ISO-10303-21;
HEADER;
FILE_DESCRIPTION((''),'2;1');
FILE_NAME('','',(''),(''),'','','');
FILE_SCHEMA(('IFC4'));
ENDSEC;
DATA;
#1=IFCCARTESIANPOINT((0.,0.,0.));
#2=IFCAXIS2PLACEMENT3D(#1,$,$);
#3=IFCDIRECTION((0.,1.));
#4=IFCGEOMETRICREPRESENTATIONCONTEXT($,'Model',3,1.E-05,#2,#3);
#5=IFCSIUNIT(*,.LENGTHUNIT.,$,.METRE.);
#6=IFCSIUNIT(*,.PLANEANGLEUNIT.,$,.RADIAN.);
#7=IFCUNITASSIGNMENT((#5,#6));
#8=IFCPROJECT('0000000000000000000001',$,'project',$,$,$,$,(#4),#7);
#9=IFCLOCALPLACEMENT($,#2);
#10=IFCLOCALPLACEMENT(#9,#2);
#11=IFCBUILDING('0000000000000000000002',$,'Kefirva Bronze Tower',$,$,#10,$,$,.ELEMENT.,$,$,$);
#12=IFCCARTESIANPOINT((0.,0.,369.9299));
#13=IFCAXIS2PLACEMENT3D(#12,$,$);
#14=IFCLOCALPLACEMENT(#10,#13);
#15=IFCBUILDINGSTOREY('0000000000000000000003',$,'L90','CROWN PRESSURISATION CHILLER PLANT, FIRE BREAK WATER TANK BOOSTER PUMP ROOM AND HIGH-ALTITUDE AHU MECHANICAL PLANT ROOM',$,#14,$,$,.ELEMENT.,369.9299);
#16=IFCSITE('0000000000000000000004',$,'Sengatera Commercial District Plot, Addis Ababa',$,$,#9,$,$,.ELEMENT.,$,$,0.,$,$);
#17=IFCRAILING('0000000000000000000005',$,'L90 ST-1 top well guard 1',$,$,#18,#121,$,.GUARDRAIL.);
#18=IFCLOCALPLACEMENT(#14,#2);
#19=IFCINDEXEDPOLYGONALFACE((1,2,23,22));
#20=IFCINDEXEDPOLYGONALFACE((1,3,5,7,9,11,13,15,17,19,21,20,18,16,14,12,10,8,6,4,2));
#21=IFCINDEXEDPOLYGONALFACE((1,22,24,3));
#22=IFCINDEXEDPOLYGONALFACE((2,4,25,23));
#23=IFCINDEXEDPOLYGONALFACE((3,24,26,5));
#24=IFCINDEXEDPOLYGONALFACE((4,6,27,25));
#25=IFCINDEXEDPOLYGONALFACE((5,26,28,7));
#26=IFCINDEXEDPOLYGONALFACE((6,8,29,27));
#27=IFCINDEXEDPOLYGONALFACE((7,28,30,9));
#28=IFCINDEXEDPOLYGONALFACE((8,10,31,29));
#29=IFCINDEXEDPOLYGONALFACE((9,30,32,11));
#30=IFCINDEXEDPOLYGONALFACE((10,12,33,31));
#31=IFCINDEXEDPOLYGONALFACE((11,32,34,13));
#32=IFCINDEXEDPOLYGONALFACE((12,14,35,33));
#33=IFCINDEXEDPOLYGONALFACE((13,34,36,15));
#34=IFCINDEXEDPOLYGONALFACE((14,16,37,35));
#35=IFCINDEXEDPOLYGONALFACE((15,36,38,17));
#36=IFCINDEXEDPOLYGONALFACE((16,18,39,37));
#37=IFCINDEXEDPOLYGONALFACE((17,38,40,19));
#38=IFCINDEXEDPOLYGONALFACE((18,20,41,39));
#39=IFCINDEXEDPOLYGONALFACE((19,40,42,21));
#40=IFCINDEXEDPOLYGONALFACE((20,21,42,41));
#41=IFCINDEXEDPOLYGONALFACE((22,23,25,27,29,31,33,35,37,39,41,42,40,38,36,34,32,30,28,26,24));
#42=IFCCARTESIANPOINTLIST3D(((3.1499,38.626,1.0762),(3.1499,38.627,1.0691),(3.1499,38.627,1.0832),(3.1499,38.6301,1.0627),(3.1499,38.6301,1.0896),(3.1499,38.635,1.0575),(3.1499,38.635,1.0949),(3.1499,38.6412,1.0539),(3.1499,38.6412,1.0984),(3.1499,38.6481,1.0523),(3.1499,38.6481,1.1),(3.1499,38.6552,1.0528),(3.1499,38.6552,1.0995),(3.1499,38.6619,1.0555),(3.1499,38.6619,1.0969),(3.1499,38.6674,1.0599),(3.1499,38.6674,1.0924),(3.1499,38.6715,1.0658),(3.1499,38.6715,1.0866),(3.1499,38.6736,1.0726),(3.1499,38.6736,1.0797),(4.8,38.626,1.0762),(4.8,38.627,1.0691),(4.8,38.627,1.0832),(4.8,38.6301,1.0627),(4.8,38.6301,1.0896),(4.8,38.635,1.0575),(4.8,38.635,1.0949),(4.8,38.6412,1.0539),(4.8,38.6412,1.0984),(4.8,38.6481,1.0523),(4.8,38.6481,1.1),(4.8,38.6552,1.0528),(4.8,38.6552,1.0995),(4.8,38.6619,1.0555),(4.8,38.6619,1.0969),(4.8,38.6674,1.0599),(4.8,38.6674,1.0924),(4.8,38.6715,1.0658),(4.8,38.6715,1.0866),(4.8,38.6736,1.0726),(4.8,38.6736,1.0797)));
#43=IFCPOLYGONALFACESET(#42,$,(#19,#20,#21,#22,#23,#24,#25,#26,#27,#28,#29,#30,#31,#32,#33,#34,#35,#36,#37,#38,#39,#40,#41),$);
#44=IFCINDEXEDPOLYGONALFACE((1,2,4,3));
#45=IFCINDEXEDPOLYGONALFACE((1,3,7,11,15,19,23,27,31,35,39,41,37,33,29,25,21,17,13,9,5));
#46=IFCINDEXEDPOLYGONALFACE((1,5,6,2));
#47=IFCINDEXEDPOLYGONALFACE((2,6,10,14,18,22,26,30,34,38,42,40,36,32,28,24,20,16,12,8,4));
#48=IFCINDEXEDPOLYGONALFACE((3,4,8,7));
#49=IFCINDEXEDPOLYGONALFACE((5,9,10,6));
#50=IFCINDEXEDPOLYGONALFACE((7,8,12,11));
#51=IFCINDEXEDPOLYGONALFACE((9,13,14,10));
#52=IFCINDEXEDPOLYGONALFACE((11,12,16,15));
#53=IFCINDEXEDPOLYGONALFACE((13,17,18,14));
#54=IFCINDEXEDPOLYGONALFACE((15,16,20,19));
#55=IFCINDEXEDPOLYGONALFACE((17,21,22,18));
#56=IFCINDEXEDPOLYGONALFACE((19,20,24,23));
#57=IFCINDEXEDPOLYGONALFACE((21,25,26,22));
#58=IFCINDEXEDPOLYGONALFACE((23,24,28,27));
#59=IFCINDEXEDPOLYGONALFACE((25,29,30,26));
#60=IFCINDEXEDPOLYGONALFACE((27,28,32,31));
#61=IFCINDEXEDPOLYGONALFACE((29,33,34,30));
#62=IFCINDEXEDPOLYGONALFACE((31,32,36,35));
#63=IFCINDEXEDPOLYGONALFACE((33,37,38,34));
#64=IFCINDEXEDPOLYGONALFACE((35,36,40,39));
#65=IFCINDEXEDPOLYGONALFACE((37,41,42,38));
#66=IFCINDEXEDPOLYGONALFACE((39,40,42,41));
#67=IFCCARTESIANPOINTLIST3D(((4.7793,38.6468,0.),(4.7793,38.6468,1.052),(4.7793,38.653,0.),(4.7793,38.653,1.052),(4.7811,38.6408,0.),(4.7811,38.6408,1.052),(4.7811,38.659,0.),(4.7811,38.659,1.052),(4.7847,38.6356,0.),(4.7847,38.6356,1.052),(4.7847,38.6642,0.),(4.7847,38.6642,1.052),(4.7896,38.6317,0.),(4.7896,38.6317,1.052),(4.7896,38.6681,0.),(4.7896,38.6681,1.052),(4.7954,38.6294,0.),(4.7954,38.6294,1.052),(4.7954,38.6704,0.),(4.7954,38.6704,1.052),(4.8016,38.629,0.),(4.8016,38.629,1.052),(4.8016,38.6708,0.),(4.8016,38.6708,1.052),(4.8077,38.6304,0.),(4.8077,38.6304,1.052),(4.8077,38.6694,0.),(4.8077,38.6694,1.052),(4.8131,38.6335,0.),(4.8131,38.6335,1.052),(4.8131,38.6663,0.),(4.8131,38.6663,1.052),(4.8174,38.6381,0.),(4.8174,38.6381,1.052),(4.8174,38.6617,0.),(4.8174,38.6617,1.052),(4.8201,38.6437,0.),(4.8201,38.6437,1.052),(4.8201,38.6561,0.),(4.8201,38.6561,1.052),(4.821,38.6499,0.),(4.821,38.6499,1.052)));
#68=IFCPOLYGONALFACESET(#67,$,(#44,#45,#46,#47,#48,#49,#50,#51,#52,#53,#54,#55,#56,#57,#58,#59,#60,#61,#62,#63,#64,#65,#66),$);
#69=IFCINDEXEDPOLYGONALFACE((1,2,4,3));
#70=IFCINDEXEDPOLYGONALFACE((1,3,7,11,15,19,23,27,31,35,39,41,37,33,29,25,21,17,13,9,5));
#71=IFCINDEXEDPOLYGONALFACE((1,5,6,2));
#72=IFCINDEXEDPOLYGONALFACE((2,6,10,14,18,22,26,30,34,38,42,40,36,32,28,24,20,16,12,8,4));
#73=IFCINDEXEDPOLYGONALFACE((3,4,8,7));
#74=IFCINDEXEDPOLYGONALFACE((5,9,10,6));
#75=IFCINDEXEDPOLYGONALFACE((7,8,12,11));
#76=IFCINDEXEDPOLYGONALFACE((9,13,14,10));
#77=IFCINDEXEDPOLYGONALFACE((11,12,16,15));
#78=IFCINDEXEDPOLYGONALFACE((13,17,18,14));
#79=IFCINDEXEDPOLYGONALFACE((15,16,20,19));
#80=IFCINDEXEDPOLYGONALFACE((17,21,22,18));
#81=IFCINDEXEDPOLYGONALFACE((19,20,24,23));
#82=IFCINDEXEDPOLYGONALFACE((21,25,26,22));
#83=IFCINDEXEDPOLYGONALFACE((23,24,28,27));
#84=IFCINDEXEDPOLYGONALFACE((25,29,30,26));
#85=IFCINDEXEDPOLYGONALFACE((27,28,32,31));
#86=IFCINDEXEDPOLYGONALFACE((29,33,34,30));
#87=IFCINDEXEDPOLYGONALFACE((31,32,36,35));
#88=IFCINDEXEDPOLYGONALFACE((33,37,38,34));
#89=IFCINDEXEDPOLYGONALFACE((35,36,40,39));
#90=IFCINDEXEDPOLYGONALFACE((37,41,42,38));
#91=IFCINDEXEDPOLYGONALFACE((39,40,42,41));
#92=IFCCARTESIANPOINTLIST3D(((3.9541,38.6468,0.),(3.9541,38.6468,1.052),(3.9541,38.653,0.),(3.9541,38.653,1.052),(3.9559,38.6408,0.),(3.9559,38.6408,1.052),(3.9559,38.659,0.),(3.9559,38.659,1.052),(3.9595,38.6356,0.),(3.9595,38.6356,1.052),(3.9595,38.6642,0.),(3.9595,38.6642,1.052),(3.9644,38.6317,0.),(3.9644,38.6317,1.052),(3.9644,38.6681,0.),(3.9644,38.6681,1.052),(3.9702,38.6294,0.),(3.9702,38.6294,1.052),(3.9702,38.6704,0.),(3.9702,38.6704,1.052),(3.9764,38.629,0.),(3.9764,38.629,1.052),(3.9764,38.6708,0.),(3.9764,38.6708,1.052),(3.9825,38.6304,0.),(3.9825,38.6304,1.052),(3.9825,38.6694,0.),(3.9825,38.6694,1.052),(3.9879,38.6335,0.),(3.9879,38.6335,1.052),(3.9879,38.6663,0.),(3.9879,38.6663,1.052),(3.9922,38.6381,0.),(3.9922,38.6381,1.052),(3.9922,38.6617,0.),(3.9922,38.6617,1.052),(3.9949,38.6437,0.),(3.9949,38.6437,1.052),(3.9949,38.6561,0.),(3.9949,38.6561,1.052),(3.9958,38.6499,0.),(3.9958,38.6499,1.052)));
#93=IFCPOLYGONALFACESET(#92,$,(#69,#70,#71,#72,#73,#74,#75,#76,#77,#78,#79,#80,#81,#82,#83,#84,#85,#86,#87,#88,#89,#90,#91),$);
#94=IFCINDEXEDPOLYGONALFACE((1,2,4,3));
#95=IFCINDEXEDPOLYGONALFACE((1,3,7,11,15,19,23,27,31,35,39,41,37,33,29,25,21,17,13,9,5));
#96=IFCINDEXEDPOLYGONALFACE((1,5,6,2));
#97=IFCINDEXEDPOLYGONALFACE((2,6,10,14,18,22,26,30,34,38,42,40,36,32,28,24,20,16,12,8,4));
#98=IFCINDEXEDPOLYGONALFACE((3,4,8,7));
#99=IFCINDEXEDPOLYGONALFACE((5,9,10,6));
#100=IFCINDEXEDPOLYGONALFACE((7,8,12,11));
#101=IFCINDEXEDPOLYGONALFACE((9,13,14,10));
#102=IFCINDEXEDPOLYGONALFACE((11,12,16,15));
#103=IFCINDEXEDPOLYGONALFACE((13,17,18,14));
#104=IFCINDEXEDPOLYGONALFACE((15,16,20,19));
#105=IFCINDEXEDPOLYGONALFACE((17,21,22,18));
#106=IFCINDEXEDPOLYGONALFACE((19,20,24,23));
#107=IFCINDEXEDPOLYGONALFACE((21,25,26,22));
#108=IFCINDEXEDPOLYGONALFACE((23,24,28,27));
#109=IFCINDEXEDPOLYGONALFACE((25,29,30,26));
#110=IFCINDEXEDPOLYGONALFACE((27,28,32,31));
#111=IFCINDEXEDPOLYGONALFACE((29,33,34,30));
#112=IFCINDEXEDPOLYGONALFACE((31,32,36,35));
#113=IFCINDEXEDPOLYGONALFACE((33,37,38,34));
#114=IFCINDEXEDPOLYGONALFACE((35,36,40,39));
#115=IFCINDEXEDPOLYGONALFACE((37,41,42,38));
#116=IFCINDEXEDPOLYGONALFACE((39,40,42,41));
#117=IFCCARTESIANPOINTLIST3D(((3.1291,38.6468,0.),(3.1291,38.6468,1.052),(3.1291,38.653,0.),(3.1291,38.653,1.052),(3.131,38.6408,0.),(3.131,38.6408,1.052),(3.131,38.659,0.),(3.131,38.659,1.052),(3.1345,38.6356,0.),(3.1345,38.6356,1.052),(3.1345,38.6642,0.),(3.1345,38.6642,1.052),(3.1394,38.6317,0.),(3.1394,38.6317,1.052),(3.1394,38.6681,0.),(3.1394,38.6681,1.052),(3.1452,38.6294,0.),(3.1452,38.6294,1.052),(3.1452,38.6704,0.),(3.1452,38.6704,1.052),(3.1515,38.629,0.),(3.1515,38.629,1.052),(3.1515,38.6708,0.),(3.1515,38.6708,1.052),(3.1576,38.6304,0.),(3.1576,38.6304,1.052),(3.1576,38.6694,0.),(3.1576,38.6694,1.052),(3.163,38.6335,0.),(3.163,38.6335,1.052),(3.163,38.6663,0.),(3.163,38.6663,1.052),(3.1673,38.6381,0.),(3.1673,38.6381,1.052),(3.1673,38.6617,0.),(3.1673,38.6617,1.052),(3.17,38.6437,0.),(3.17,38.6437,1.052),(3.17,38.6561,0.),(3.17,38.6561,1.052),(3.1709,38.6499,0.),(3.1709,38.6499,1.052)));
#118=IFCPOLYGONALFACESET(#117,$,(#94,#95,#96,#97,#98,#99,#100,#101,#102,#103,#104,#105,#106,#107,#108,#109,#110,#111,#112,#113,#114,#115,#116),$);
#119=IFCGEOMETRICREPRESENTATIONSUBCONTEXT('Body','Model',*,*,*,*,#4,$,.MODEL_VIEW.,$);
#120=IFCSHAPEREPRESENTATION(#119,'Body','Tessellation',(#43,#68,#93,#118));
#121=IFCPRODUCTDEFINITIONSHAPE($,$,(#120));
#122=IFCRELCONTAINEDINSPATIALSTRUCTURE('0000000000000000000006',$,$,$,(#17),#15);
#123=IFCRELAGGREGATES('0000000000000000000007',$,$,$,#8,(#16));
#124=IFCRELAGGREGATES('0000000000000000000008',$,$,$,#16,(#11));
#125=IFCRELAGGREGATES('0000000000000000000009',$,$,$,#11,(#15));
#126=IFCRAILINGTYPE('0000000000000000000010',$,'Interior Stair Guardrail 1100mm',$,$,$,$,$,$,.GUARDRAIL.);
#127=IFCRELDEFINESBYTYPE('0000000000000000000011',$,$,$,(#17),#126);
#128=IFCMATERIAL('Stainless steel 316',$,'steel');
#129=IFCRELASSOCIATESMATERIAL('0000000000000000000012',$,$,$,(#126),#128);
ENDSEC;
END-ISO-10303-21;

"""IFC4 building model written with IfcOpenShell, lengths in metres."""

from ifc_helpers import new_model, si_unit, direction, frame, origin, origin_2d, place, context, subcontext, project, spatial, circle, extrude, material, type_object, element, save


model = new_model("IFC4")

# Units and contexts
model_context = context("Model", 3, precision=1e-05, world=origin(), true_north=direction((0.0, 1.0)))
body_context = subcontext(model_context, "Body", "Model", "MODEL_VIEW")
ifc_project = project(units=[si_unit("LENGTHUNIT", "METRE"), si_unit("PLANEANGLEUNIT", "RADIAN")], contexts=[model_context])

# Site, building, storey
site_placement = place(None, origin())
site = spatial("IfcSite", under=ifc_project, at=site_placement, Name="Sengatera Commercial District Plot, Addis Ababa", CompositionType="ELEMENT", RefElevation=0.0)
building_placement = place(site_placement, origin())
building = spatial("IfcBuilding", under=site, at=building_placement, Name="Kefirva Bronze Tower", CompositionType="ELEMENT")
storey_placement = place(building_placement, frame((0.0, 0.0, 369.9299)))
storey = spatial("IfcBuildingStorey", under=building, at=storey_placement, Name="L90", Description="CROWN PRESSURISATION CHILLER PLANT, FIRE BREAK WATER TANK BOOSTER PUMP ROOM AND HIGH-ALTITUDE AHU MECHANICAL PLANT ROOM", CompositionType="ELEMENT", Elevation=369.9299)

# Railing
ifc_material_1 = material(Name="Stainless steel 316", Category="steel")
railing_type = type_object("IfcRailingType", Name="Interior Stair Guardrail 1100mm", PredefinedType="GUARDRAIL", material=ifc_material_1)
railing_1_placement = place(storey_placement, frame((4.8, 38.6499, 0.0)))
element("IfcRailing", 1, at=railing_1_placement, inside=storey, type_object=railing_type, Name="L90 ST-1 top well guard 1", PredefinedType="GUARDRAIL", context=body_context, shape_type="SweptSolid", body=[
    extrude(circle(Radius=0.0239, at=origin_2d()), frame((0.0, 0.0, 1.0762), z_axis=(-1.0, 0.0, 0.0), x_axis=(0.0, -1.0, 0.0)), (0.0, 0.0, 1.0), 1.6501),
    extrude(circle(Radius=0.021, at=origin_2d()), origin(), (0.0, 0.0, 1.0), 1.052),
    extrude(circle(Radius=0.021, at=origin_2d()), frame((-0.8252, 0.0, 0.0)), (0.0, 0.0, 1.0), 1.052),
    extrude(circle(Radius=0.021, at=origin_2d()), frame((-1.6501, 0.0, 0.0)), (0.0, 0.0, 1.0), 1.052),
])

save(model, "model.ifc")
